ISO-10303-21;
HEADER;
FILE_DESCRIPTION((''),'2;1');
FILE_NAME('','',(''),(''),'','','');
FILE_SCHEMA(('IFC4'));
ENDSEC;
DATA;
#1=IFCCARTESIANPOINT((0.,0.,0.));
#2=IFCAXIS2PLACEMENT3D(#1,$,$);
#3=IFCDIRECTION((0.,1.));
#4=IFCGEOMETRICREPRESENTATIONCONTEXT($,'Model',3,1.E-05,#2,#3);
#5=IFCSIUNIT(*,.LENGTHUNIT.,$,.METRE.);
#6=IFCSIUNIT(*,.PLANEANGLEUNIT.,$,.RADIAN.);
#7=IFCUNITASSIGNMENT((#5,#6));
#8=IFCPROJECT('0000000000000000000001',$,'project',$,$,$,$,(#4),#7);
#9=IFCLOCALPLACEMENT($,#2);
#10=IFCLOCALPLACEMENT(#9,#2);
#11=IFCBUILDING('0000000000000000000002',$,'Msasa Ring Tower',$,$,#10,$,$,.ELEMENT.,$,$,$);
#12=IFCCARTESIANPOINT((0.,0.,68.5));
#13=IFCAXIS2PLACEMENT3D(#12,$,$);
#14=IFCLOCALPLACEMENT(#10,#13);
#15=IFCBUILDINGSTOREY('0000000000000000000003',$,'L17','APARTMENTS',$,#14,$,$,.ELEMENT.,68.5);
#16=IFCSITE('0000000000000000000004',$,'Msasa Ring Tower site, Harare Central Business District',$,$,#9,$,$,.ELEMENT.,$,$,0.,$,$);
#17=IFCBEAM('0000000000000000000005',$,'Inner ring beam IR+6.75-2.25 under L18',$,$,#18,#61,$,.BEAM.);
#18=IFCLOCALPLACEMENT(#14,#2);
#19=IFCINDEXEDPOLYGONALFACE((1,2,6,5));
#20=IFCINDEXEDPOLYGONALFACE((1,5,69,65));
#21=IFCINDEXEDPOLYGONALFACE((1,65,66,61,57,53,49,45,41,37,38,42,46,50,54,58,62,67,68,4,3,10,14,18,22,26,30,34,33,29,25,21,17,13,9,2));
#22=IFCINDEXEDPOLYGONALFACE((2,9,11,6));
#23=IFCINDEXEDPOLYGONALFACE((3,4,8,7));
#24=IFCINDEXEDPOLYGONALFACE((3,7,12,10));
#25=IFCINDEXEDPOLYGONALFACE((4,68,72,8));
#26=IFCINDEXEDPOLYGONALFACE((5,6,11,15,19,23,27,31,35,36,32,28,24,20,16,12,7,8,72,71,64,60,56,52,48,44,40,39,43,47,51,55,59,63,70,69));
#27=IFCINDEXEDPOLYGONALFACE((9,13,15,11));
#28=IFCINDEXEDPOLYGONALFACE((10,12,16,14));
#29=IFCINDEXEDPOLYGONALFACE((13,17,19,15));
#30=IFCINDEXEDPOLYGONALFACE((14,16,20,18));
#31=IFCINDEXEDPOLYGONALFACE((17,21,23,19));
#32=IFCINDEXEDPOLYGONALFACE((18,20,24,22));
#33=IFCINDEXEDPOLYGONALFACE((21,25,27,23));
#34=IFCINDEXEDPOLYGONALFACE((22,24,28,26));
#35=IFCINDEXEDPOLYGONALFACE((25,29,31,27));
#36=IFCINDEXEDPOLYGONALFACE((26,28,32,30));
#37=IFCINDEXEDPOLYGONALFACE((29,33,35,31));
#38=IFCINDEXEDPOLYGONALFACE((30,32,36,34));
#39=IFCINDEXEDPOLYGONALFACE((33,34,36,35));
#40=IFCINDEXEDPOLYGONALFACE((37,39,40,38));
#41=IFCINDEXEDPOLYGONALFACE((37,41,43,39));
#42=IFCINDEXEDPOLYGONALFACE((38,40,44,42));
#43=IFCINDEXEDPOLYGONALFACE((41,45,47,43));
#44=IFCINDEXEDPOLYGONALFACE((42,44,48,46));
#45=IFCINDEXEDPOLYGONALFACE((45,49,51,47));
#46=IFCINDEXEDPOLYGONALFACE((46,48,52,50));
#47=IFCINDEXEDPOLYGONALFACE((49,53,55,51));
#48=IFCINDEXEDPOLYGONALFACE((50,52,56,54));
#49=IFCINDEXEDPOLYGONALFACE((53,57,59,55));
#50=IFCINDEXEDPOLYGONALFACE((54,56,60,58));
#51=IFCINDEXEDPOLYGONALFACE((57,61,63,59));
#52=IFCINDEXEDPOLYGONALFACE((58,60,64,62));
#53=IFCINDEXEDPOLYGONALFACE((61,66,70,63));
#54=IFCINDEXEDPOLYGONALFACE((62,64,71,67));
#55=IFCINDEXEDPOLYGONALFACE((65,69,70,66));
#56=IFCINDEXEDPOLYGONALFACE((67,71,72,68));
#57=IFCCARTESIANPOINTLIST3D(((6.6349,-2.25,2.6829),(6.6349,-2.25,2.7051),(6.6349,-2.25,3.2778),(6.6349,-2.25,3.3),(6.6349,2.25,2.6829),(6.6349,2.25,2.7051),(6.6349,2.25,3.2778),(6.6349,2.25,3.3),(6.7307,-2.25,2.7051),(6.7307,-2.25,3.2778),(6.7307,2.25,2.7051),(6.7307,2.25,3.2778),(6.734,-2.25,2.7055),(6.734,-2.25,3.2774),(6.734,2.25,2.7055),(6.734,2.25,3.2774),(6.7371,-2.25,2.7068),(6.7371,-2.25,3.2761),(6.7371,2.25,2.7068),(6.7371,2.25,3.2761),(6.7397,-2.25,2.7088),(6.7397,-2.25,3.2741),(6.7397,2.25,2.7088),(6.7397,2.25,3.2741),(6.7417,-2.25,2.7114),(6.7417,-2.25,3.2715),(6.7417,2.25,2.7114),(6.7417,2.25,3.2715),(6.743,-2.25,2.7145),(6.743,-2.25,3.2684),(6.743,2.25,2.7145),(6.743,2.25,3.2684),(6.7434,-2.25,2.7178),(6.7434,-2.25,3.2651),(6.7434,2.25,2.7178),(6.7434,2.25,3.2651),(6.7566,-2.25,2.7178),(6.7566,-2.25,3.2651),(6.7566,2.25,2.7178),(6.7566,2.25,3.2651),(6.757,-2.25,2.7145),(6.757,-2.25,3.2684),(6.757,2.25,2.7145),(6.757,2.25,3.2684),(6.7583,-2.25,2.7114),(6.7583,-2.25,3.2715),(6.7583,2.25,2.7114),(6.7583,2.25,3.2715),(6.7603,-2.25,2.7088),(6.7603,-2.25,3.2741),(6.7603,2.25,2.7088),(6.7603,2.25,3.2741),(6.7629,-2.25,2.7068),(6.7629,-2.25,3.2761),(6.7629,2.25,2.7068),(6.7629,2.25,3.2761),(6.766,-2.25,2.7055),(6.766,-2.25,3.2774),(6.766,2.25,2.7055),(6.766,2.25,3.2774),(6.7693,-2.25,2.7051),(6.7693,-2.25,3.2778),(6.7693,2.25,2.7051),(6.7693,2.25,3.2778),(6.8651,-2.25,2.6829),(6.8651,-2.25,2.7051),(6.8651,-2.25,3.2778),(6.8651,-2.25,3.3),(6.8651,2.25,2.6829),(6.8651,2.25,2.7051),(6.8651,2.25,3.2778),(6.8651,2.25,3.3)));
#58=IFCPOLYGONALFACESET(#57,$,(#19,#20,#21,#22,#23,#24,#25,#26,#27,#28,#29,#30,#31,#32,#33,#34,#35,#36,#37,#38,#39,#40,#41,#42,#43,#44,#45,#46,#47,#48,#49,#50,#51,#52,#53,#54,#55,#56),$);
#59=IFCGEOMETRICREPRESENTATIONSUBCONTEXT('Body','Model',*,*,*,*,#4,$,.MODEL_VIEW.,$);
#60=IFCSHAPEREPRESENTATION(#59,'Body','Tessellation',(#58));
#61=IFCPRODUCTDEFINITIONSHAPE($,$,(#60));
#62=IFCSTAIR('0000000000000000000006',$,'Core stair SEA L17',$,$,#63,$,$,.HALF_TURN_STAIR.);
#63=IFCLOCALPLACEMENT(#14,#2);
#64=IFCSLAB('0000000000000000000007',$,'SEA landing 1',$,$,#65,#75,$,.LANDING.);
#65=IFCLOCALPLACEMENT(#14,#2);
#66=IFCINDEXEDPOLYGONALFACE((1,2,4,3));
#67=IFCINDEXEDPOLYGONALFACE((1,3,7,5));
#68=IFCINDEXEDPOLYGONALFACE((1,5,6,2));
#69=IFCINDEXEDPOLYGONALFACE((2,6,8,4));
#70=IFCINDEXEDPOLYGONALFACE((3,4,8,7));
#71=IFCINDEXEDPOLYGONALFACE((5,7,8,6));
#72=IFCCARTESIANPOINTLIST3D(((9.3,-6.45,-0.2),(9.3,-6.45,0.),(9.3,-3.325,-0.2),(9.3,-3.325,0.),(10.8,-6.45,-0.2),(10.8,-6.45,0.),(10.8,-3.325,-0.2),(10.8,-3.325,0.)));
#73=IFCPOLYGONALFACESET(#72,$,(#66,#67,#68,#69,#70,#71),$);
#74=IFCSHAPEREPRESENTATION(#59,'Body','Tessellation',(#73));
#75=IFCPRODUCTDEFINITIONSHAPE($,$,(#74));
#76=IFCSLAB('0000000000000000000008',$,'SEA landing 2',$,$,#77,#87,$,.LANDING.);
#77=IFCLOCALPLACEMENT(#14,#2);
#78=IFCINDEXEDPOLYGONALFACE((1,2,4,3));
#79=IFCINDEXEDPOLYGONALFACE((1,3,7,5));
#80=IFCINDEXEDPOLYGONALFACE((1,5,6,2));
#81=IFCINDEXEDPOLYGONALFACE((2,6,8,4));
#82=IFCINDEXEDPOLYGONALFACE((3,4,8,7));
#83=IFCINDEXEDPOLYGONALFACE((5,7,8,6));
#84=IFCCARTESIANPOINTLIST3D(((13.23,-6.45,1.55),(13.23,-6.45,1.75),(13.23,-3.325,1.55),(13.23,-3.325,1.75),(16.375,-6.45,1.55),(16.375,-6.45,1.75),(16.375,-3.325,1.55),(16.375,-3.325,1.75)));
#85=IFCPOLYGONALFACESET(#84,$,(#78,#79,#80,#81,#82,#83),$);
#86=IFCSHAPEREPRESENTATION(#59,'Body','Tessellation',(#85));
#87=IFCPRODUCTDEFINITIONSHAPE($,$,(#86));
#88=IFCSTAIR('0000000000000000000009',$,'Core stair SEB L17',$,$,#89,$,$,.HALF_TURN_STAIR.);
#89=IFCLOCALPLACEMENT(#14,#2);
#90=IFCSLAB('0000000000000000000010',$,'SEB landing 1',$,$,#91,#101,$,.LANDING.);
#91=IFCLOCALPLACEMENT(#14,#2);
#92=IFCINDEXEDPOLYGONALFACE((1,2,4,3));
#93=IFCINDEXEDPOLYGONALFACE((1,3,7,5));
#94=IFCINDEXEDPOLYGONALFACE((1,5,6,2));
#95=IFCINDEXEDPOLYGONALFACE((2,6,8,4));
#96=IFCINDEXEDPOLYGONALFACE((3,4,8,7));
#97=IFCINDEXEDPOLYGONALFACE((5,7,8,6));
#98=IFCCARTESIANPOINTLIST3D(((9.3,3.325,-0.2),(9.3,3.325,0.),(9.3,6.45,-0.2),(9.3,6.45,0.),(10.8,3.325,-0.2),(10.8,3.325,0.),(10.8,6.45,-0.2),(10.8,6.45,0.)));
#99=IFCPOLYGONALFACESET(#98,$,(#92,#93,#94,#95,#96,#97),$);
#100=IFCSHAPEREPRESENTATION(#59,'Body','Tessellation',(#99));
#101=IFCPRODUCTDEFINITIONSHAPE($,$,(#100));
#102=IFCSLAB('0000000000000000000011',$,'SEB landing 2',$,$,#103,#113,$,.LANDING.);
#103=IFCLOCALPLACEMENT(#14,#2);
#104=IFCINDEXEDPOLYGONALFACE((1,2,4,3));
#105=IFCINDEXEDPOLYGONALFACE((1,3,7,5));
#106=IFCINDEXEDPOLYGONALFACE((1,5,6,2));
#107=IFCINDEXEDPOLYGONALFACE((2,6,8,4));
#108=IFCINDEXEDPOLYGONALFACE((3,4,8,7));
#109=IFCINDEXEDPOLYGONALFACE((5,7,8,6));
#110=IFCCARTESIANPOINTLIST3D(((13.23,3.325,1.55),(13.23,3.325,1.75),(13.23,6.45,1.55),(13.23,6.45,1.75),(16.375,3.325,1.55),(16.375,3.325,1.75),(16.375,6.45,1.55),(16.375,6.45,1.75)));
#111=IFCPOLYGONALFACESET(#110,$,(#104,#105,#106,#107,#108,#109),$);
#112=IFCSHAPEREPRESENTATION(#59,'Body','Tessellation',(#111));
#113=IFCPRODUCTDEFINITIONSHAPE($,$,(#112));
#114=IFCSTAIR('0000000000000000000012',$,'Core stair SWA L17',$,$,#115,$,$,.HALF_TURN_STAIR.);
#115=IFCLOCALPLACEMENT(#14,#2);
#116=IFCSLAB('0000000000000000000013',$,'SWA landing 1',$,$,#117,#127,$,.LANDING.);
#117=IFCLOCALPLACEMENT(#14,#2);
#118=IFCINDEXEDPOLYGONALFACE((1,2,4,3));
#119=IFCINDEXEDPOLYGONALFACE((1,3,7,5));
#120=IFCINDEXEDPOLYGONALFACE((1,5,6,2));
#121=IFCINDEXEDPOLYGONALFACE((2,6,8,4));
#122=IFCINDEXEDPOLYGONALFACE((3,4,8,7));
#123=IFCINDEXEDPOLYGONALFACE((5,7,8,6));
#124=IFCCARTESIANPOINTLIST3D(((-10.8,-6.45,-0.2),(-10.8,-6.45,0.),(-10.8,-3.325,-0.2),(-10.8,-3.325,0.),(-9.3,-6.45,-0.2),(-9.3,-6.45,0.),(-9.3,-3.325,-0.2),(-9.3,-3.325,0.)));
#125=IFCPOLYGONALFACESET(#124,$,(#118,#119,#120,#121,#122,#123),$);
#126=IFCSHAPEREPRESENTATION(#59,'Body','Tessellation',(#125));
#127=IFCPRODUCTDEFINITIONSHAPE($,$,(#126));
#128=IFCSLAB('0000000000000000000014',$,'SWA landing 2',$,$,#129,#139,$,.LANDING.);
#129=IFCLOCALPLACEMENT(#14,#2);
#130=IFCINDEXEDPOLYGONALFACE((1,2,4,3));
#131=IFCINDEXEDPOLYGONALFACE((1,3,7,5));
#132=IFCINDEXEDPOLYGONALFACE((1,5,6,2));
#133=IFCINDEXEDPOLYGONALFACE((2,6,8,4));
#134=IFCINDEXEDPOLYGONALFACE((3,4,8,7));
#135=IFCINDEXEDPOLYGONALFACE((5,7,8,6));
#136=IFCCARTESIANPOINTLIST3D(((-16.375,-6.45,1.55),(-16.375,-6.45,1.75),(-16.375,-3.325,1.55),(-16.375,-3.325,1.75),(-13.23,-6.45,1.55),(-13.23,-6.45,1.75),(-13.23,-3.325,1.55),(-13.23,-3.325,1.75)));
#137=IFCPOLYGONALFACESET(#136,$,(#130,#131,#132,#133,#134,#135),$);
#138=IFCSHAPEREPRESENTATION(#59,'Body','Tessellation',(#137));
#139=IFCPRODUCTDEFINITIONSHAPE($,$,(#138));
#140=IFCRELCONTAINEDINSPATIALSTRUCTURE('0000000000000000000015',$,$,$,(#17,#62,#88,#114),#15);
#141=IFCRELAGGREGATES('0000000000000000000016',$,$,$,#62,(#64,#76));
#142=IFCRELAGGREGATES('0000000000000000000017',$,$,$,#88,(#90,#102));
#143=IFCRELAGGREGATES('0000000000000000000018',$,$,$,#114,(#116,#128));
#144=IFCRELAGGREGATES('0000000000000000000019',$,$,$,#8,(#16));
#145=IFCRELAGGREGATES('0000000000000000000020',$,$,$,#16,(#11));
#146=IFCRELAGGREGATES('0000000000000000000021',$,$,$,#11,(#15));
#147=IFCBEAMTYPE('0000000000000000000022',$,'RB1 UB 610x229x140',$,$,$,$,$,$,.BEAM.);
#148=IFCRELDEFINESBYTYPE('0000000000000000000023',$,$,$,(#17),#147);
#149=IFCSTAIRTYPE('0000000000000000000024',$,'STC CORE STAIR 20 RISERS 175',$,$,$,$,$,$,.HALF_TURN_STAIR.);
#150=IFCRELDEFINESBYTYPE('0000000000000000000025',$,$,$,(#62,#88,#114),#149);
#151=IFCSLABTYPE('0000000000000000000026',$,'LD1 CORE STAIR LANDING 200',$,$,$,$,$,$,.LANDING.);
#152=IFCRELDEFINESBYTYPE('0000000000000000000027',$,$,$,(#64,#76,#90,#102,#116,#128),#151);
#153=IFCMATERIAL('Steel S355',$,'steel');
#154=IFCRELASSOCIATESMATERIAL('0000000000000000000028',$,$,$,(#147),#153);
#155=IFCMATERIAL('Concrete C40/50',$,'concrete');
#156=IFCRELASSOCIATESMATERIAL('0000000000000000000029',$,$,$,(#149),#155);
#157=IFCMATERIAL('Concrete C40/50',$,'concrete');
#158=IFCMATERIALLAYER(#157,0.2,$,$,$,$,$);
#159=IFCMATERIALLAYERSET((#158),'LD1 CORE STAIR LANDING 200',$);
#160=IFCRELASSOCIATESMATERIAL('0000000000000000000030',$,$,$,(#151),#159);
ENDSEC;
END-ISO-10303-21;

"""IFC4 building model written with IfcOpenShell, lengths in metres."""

from ifc_helpers import new_model, si_unit, direction, frame, origin, origin_2d, place, context, subcontext, project, spatial, polyline, i_section, outline, extrude, material, layer, layer_set, material_profile, profile_set, type_object, element, aggregate, save


model = new_model("IFC4")

# Units and contexts
model_context = context("Model", 3, precision=1e-05, world=origin(), true_north=direction((0.0, 1.0)))
body_context = subcontext(model_context, "Body", "Model", "MODEL_VIEW")
ifc_project = project(units=[si_unit("LENGTHUNIT", "METRE"), si_unit("PLANEANGLEUNIT", "RADIAN")], contexts=[model_context])

# Site, building, storey
site_placement = place(None, origin())
site = spatial("IfcSite", under=ifc_project, at=site_placement, Name="Msasa Ring Tower site, Harare Central Business District", CompositionType="ELEMENT", RefElevation=0.0)
building_placement = place(site_placement, origin())
building = spatial("IfcBuilding", under=site, at=building_placement, Name="Msasa Ring Tower", CompositionType="ELEMENT")
storey_placement = place(building_placement, frame((0.0, 0.0, 68.5)))
storey = spatial("IfcBuildingStorey", under=building, at=storey_placement, Name="L17", Description="APARTMENTS", CompositionType="ELEMENT", Elevation=68.5)

# Beam
ifc_material_1 = material(Name="Steel S355", Category="steel")
ifc_material_profile_1 = material_profile(ifc_material_1, i_section(OverallWidth=0.2302, OverallDepth=0.6172, WebThickness=0.0132, FlangeThickness=0.0222, FilletRadius=0.0127, at=origin_2d()), Name="UB 610x229x140")
ifc_profile_set_1 = profile_set([ifc_material_profile_1], Name="Steel S355")
beam_type = type_object("IfcBeamType", Name="RB1 UB 610x229x140", PredefinedType="BEAM", material=ifc_profile_set_1)
for number, where, z_axis, x_axis, name in (
    (1, (6.75, -2.25, 2.9915), (0.0, 1.0, 0.0), (-1.0, 0.0, 0.0), "Inner ring beam IR+6.75-2.25 under L18"),
):
    element("IfcBeam", number, at=place(storey_placement, frame(where, z_axis=z_axis, x_axis=x_axis)), inside=storey, type_object=beam_type, Name=name, PredefinedType="BEAM", context=body_context, shape_type="SweptSolid", body=[
        extrude(i_section(OverallWidth=0.2302, OverallDepth=0.6172, WebThickness=0.0132, FlangeThickness=0.0222, FilletRadius=0.0127, at=origin_2d()), origin(), (0.0, 0.0, 1.0), 4.5),
    ])

# Stairs, slabs
ifc_material_2 = material(Name="Concrete C40/50", Category="concrete")
stair_type = type_object("IfcStairType", Name="STC CORE STAIR 20 RISERS 175", PredefinedType="HALF_TURN_STAIR", material=ifc_material_2)
stair_1_placement = place(storey_placement, origin())
stair_1 = element("IfcStair", 2, at=stair_1_placement, inside=storey, type_object=stair_type, Name="Core stair SEA L17", PredefinedType="HALF_TURN_STAIR")
ifc_material_3 = material(Name="Concrete C40/50", Category="concrete")
ifc_layer = layer(ifc_material_3, 0.2)
ifc_layer_set = layer_set([ifc_layer], Name="LD1 CORE STAIR LANDING 200")
slab_type = type_object("IfcSlabType", Name="LD1 CORE STAIR LANDING 200", PredefinedType="LANDING", material=ifc_layer_set)
slab_1_placement = place(storey_placement, frame((0.0, 0.0, -0.2)))
slab_1 = element("IfcSlab", 3, at=slab_1_placement, type_object=slab_type, Name="SEA landing 1", PredefinedType="LANDING", context=body_context, shape_type="SweptSolid", body=[
    extrude(outline(polyline([(9.3, -6.45), (10.8, -6.45), (10.8, -3.325), (9.3, -3.325), (9.3, -6.45)])), origin(), (0.0, 0.0, 1.0), 0.2),
])
slab_2_placement = place(storey_placement, frame((0.0, 0.0, 1.55)))
slab_2 = element("IfcSlab", 4, at=slab_2_placement, type_object=slab_type, Name="SEA landing 2", PredefinedType="LANDING", context=body_context, shape_type="SweptSolid", body=[
    extrude(outline(polyline([(13.23, -6.45), (16.375, -6.45), (16.375, -3.325), (13.23, -3.325), (13.23, -6.45)])), origin(), (0.0, 0.0, 1.0), 0.2),
])
aggregate(stair_1, [slab_1, slab_2])
stair_2_placement = place(storey_placement, origin())
stair_2 = element("IfcStair", 5, at=stair_2_placement, inside=storey, type_object=stair_type, Name="Core stair SEB L17", PredefinedType="HALF_TURN_STAIR")
slab_3_placement = place(storey_placement, frame((0.0, 0.0, -0.2)))
slab_3 = element("IfcSlab", 6, at=slab_3_placement, type_object=slab_type, Name="SEB landing 1", PredefinedType="LANDING", context=body_context, shape_type="SweptSolid", body=[
    extrude(outline(polyline([(9.3, 3.325), (10.8, 3.325), (10.8, 6.45), (9.3, 6.45), (9.3, 3.325)])), origin(), (0.0, 0.0, 1.0), 0.2),
])
slab_4_placement = place(storey_placement, frame((0.0, 0.0, 1.55)))
slab_4 = element("IfcSlab", 7, at=slab_4_placement, type_object=slab_type, Name="SEB landing 2", PredefinedType="LANDING", context=body_context, shape_type="SweptSolid", body=[
    extrude(outline(polyline([(13.23, 3.325), (16.375, 3.325), (16.375, 6.45), (13.23, 6.45), (13.23, 3.325)])), origin(), (0.0, 0.0, 1.0), 0.2),
])
aggregate(stair_2, [slab_3, slab_4])
stair_3_placement = place(storey_placement, origin())
stair_3 = element("IfcStair", 8, at=stair_3_placement, inside=storey, type_object=stair_type, Name="Core stair SWA L17", PredefinedType="HALF_TURN_STAIR")
slab_5_placement = place(storey_placement, frame((0.0, 0.0, -0.2)))
slab_5 = element("IfcSlab", 9, at=slab_5_placement, type_object=slab_type, Name="SWA landing 1", PredefinedType="LANDING", context=body_context, shape_type="SweptSolid", body=[
    extrude(outline(polyline([(-10.8, -6.45), (-9.3, -6.45), (-9.3, -3.325), (-10.8, -3.325), (-10.8, -6.45)])), origin(), (0.0, 0.0, 1.0), 0.2),
])
slab_6_placement = place(storey_placement, frame((0.0, 0.0, 1.55)))
slab_6 = element("IfcSlab", 10, at=slab_6_placement, type_object=slab_type, Name="SWA landing 2", PredefinedType="LANDING", context=body_context, shape_type="SweptSolid", body=[
    extrude(outline(polyline([(-16.375, -6.45), (-13.23, -6.45), (-13.23, -3.325), (-16.375, -3.325), (-16.375, -6.45)])), origin(), (0.0, 0.0, 1.0), 0.2),
])
aggregate(stair_3, [slab_5, slab_6])

save(model, "model.ifc")
